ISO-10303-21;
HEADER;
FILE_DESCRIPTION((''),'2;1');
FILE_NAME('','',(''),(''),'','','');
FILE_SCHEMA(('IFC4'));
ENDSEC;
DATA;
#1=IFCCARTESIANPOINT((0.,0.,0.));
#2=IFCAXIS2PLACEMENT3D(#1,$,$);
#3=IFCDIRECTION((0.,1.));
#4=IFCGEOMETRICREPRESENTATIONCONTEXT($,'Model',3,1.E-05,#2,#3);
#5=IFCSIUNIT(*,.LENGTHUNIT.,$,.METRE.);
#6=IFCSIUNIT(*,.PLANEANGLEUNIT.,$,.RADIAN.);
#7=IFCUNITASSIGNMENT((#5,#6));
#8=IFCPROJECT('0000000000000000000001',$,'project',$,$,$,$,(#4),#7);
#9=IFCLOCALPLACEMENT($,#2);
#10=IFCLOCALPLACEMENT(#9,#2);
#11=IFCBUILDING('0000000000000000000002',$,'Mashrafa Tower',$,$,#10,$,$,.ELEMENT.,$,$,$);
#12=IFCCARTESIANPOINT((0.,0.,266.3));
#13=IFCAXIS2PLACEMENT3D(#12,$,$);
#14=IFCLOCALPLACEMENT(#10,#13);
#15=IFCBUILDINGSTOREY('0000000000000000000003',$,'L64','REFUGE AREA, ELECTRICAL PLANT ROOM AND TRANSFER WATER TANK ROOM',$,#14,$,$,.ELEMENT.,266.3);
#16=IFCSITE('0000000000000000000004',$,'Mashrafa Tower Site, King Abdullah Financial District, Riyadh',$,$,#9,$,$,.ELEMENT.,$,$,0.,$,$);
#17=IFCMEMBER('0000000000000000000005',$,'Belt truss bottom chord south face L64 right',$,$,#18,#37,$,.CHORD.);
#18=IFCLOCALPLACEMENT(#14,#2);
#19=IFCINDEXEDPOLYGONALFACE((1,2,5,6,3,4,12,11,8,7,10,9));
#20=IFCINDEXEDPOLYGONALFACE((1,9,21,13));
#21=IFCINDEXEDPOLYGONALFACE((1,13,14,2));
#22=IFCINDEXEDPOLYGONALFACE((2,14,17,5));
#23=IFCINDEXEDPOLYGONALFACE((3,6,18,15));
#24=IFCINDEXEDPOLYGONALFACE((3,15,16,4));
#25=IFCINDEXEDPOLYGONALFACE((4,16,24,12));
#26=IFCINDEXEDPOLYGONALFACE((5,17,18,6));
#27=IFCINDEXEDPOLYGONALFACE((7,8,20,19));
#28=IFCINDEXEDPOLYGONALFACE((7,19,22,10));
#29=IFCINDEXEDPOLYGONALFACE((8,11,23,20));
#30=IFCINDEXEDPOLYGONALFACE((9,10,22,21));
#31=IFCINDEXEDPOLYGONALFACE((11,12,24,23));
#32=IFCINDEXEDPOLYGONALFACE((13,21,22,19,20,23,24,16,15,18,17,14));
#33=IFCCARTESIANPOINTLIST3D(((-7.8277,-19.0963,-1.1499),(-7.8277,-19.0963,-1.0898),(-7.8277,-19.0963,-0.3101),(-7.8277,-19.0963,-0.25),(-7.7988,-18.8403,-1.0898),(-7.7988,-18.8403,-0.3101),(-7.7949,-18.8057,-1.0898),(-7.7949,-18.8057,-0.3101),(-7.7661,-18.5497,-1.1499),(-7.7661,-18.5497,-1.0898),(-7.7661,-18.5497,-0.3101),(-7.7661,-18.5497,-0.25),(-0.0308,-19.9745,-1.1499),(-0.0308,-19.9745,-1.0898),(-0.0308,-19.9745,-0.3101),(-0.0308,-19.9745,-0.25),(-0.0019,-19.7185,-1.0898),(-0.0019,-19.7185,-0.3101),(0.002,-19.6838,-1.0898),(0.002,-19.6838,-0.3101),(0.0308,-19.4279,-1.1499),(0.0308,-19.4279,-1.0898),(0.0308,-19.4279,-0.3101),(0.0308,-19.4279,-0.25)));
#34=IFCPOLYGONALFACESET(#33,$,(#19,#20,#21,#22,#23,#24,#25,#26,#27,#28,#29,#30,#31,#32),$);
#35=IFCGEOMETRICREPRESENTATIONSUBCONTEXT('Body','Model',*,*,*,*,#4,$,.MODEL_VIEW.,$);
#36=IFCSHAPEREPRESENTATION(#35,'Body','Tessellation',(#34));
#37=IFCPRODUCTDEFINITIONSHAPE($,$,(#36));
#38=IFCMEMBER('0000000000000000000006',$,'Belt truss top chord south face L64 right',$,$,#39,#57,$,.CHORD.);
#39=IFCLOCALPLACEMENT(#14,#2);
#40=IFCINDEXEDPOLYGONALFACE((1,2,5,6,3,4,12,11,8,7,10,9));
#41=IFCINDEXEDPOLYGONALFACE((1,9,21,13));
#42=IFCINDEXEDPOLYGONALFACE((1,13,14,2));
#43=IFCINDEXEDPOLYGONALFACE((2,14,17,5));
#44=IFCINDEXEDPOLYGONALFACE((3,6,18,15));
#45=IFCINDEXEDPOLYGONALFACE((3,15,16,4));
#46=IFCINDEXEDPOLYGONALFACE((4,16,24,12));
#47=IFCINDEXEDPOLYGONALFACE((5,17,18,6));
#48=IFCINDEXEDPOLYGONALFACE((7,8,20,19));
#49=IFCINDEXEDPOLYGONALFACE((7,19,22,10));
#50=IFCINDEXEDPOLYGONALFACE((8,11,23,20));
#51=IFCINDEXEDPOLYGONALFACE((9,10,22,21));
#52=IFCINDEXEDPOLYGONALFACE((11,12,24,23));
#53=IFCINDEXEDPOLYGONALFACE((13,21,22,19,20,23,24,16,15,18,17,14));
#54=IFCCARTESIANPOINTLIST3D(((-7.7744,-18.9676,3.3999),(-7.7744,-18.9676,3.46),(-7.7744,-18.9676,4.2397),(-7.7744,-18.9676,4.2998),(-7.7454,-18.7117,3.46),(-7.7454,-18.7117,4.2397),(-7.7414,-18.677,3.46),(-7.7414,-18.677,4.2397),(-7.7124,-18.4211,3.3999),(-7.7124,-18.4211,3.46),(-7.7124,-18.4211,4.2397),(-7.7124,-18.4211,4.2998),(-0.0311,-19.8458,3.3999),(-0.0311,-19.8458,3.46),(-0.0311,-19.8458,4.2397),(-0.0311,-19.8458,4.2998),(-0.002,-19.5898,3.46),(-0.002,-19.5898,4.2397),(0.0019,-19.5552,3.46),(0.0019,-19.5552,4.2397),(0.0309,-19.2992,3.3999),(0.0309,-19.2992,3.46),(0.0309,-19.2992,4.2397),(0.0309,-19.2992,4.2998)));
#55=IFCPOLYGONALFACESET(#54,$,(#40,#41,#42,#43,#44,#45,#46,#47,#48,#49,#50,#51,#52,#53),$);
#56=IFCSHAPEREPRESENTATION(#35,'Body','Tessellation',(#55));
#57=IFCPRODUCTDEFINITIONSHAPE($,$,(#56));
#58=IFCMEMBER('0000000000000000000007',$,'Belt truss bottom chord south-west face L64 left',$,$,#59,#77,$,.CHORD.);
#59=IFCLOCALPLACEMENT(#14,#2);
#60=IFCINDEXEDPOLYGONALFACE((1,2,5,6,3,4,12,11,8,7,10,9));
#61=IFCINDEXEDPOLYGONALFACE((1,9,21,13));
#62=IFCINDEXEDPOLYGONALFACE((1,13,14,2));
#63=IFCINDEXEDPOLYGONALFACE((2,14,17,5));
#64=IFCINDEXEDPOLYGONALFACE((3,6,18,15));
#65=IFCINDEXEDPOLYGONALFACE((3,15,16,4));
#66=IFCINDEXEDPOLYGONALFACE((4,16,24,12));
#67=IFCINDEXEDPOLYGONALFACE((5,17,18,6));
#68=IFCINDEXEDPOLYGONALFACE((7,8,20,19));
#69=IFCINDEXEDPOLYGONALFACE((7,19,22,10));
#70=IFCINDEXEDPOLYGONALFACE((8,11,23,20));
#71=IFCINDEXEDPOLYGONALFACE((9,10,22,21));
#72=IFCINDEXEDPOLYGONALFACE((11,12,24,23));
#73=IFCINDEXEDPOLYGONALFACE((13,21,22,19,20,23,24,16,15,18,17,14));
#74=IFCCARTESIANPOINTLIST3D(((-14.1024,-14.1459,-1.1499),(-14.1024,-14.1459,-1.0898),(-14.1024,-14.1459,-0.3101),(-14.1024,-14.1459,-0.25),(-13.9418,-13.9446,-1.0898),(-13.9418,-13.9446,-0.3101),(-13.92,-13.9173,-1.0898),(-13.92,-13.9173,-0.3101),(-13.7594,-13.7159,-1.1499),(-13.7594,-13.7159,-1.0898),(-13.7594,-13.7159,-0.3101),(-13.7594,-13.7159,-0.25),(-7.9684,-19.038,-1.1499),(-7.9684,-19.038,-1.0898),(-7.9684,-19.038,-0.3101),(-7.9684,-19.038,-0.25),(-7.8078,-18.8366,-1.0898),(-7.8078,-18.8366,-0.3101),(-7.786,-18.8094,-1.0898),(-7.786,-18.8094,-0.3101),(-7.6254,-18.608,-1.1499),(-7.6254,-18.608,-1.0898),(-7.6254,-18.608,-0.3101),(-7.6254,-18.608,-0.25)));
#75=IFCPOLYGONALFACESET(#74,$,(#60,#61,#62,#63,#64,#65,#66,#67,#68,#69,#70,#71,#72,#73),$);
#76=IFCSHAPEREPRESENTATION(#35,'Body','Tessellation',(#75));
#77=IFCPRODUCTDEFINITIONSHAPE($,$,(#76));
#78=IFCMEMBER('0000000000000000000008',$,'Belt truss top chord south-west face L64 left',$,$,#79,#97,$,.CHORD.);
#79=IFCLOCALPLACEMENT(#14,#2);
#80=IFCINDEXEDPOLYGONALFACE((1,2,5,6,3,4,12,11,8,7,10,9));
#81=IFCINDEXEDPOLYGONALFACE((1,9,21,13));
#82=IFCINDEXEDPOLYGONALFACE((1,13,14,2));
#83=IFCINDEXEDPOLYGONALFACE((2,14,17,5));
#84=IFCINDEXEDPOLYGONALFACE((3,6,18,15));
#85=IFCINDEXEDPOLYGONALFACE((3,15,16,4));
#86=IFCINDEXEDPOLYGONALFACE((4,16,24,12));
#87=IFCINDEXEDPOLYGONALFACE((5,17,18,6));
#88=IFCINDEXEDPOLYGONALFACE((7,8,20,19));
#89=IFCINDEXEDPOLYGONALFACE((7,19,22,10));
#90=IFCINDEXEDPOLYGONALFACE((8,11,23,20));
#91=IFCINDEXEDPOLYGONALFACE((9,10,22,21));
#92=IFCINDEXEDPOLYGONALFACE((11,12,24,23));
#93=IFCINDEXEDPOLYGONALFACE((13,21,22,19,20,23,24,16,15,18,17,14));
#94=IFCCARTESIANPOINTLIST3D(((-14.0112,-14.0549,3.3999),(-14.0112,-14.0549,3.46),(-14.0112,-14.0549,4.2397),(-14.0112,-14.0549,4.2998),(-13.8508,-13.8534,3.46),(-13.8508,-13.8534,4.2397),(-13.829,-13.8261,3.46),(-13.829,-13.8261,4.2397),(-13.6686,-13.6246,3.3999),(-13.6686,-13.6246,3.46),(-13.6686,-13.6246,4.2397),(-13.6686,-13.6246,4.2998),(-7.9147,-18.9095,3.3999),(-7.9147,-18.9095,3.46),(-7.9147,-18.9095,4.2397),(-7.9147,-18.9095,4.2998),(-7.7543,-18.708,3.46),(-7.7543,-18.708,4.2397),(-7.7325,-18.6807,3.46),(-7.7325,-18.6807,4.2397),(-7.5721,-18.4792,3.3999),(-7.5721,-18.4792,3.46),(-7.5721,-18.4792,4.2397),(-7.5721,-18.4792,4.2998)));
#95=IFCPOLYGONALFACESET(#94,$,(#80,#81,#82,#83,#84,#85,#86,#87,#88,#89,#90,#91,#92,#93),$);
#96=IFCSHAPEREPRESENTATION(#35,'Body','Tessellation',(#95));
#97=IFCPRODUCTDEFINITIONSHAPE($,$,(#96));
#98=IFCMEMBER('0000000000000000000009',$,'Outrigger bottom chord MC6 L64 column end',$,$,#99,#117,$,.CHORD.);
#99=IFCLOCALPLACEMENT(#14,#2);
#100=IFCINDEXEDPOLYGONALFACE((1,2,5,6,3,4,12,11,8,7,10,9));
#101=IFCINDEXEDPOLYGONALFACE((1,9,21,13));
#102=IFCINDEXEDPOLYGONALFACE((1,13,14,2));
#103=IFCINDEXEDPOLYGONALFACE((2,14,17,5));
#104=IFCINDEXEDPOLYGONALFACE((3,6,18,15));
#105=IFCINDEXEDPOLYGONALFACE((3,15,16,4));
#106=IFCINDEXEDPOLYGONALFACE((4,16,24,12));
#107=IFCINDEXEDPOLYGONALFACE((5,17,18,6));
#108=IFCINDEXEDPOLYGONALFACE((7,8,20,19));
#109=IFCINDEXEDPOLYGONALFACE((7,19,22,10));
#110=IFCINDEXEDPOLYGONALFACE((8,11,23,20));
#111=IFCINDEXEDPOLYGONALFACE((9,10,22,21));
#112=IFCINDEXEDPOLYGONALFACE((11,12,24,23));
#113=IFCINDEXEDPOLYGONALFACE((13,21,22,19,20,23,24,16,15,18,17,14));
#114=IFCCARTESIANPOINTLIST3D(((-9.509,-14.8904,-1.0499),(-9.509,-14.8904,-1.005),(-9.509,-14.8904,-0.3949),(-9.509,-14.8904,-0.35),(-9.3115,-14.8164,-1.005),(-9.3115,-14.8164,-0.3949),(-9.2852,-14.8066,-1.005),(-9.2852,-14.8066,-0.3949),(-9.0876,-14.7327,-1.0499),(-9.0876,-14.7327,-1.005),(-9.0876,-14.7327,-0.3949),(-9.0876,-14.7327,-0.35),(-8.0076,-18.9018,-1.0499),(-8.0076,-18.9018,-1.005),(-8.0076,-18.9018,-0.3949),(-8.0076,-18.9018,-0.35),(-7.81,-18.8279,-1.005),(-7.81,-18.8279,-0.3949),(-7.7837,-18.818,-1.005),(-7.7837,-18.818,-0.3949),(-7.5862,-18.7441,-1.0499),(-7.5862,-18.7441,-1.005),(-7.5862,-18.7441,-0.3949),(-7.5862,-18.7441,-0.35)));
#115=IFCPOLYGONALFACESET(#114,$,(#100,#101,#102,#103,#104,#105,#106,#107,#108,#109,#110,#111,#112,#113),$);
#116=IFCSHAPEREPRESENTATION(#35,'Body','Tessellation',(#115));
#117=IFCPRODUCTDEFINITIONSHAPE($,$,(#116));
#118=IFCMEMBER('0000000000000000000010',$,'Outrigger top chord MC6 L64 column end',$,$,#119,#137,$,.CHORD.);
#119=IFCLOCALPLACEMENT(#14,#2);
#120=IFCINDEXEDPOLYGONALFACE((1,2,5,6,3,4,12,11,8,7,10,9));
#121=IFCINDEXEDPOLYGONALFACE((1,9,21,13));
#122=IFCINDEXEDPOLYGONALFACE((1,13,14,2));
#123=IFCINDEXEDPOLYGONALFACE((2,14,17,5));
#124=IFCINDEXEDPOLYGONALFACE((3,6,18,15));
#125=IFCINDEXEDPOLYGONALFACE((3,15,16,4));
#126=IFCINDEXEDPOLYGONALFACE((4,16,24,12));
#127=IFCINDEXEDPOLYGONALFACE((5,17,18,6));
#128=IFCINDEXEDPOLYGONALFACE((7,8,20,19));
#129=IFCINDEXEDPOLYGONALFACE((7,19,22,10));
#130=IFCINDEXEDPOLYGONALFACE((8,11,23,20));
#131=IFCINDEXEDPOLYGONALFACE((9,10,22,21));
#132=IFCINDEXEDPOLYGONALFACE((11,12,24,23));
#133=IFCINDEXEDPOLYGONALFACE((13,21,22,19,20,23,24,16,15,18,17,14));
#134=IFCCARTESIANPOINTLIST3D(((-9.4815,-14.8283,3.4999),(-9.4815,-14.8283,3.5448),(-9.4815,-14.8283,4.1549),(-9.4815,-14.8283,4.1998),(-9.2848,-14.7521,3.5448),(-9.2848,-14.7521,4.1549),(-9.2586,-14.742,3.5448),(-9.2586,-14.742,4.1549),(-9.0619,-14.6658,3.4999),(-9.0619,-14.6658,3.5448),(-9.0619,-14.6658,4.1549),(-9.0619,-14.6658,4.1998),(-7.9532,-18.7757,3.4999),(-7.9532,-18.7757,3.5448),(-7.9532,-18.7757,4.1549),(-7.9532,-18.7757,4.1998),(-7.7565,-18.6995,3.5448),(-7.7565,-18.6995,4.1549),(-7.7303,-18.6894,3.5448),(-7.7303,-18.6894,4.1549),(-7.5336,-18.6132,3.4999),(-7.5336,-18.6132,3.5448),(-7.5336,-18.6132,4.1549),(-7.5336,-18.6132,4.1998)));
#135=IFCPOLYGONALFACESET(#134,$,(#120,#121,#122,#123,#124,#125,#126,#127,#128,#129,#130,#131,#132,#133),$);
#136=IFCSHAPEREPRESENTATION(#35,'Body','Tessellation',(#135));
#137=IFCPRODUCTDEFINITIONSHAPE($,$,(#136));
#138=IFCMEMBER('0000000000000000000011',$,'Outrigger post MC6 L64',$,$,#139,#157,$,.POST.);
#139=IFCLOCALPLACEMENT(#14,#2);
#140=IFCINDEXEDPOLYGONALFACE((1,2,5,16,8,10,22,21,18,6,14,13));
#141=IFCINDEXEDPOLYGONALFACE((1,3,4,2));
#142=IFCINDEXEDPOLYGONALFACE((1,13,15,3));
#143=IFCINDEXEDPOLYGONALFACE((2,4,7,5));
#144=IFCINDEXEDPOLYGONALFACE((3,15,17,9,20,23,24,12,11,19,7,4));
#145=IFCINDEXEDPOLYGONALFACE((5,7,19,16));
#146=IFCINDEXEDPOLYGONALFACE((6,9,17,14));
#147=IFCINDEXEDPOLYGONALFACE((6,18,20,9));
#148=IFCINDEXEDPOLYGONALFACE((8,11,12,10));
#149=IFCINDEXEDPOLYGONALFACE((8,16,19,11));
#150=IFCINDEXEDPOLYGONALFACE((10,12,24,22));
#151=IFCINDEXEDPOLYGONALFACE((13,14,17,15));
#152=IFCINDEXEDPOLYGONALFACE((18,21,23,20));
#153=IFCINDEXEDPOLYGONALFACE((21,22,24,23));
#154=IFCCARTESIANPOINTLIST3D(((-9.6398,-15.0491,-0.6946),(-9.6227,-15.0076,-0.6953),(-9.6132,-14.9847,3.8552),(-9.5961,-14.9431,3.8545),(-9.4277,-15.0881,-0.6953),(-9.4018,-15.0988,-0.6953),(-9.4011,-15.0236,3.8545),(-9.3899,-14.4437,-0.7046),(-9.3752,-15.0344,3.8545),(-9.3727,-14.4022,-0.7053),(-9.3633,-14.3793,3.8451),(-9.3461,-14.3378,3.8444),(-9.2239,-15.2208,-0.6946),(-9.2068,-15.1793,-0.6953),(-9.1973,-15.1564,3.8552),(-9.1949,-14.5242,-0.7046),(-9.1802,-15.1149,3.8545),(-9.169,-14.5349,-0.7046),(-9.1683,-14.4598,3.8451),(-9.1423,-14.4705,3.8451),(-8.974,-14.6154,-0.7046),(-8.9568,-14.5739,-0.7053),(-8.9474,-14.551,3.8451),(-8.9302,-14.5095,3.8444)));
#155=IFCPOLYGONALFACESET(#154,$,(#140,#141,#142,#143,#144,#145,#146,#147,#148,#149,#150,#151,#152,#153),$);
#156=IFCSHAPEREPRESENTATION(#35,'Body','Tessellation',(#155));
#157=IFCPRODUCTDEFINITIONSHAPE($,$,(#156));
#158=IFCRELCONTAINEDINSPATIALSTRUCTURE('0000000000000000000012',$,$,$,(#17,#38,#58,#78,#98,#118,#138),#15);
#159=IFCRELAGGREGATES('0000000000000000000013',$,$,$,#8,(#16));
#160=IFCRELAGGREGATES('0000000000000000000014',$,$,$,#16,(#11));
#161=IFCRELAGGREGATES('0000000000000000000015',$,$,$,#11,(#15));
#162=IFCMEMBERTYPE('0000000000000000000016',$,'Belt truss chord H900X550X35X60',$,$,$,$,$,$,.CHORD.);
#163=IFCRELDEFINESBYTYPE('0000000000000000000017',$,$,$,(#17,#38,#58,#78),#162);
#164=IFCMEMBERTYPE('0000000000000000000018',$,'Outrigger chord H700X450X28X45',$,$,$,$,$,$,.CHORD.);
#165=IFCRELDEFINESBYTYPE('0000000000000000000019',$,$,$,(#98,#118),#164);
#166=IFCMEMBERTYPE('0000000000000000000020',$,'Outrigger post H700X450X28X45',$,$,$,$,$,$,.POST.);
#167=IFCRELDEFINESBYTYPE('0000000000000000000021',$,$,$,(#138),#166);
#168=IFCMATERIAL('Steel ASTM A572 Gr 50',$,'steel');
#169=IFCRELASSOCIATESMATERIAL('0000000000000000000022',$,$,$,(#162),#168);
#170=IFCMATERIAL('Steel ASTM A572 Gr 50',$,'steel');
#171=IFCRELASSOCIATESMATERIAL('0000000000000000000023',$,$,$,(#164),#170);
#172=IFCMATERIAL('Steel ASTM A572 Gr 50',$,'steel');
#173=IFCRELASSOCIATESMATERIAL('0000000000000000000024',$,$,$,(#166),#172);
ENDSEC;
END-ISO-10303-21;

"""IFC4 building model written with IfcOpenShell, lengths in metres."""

from ifc_helpers import new_model, si_unit, direction, frame, origin, origin_2d, place, context, subcontext, project, spatial, i_section, extrude, source, transform, mapped, material, material_profile, profile_set, type_object, type_shapes, element, save


model = new_model("IFC4")

# Units and contexts
model_context = context("Model", 3, precision=1e-05, world=origin(), true_north=direction((0.0, 1.0)))
body_context = subcontext(model_context, "Body", "Model", "MODEL_VIEW")
ifc_project = project(units=[si_unit("LENGTHUNIT", "METRE"), si_unit("PLANEANGLEUNIT", "RADIAN")], contexts=[model_context])

# Site, building, storey
site_placement = place(None, origin())
site = spatial("IfcSite", under=ifc_project, at=site_placement, Name="Mashrafa Tower Site, King Abdullah Financial District, Riyadh", CompositionType="ELEMENT", RefElevation=0.0)
building_placement = place(site_placement, origin())
building = spatial("IfcBuilding", under=site, at=building_placement, Name="Mashrafa Tower", CompositionType="ELEMENT")
storey_placement = place(building_placement, frame((0.0, 0.0, 266.3)))
storey = spatial("IfcBuildingStorey", under=building, at=storey_placement, Name="L64", Description="REFUGE AREA, ELECTRICAL PLANT ROOM AND TRANSFER WATER TANK ROOM", CompositionType="ELEMENT", Elevation=266.3)

# Members
ifc_material_1 = material(Name="Steel ASTM A572 Gr 50", Category="steel")
ifc_material_profile_1 = material_profile(ifc_material_1, i_section(OverallWidth=0.55, OverallDepth=0.8999, WebThickness=0.0349, FlangeThickness=0.0601, at=origin_2d()), Name="H900X550X35X60")
ifc_profile_set_1 = profile_set([ifc_material_profile_1], Name="Steel ASTM A572 Gr 50")
member_type_1 = type_object("IfcMemberType", Name="Belt truss chord H900X550X35X60", PredefinedType="CHORD", material=ifc_profile_set_1)
shared_shape_1 = source(origin(), body_context, "Body", "SweptSolid", [
    extrude(i_section(OverallWidth=0.55, OverallDepth=0.8999, WebThickness=0.0349, FlangeThickness=0.0601, at=origin_2d()), origin(), (0.0, 0.0, 1.0), 7.8462),
])
member_1_placement = place(storey_placement, frame((-7.7969, -18.823, -0.7), z_axis=(0.993717, -0.111924, 0.0), x_axis=(0.111924, 0.993717, 0.0)))
element("IfcMember", 1, at=member_1_placement, inside=storey, type_object=member_type_1, Name="Belt truss bottom chord south face L64 right", PredefinedType="CHORD", context=body_context, shape_type="MappedRepresentation", body=[
    mapped(shared_shape_1, transform((0.0, 0.0, 0.0))),
])
shared_shape_2 = source(origin(), body_context, "Body", "SweptSolid", [
    extrude(i_section(OverallWidth=0.55, OverallDepth=0.8999, WebThickness=0.0349, FlangeThickness=0.0601, at=origin_2d()), origin(), (0.0, 0.0, 1.0), 7.793),
])
member_2_placement = place(storey_placement, frame((-7.7434, -18.6943, 3.8499), z_axis=(0.993631, -0.112687, 0.0), x_axis=(0.112687, 0.993631, 0.0)))
element("IfcMember", 2, at=member_2_placement, inside=storey, type_object=member_type_1, Name="Belt truss top chord south face L64 right", PredefinedType="CHORD", context=body_context, shape_type="MappedRepresentation", body=[
    mapped(shared_shape_2, transform((0.0, 0.0, 0.0))),
])
shared_shape_3 = source(origin(), body_context, "Body", "SweptSolid", [
    extrude(i_section(OverallWidth=0.55, OverallDepth=0.8999, WebThickness=0.0349, FlangeThickness=0.0601, at=origin_2d()), origin(), (0.0, 0.0, 1.0), 7.8459),
])
member_3_placement = place(storey_placement, frame((-7.7969, -18.823, -0.7), z_axis=(-0.781809, 0.623518, 0.0), x_axis=(-0.623518, -0.781809, 0.0)))
element("IfcMember", 3, at=member_3_placement, inside=storey, type_object=member_type_1, Name="Belt truss bottom chord south-west face L64 left", PredefinedType="CHORD", context=body_context, shape_type="MappedRepresentation", body=[
    mapped(shared_shape_3, transform((0.0, 0.0, 0.0))),
])
shared_shape_4 = source(origin(), body_context, "Body", "SweptSolid", [
    extrude(i_section(OverallWidth=0.55, OverallDepth=0.8999, WebThickness=0.0349, FlangeThickness=0.0601, at=origin_2d()), origin(), (0.0, 0.0, 1.0), 7.7932),
])
type_shapes(member_type_1, [shared_shape_1, shared_shape_2, shared_shape_3, shared_shape_4])
member_4_placement = place(storey_placement, frame((-7.7434, -18.6943, 3.8499), z_axis=(-0.782285, 0.622921, 0.0), x_axis=(-0.622921, -0.782285, 0.0)))
element("IfcMember", 4, at=member_4_placement, inside=storey, type_object=member_type_1, Name="Belt truss top chord south-west face L64 left", PredefinedType="CHORD", context=body_context, shape_type="MappedRepresentation", body=[
    mapped(shared_shape_4, transform((0.0, 0.0, 0.0))),
])
ifc_material_2 = material(Name="Steel ASTM A572 Gr 50", Category="steel")
ifc_material_profile_2 = material_profile(ifc_material_2, i_section(OverallWidth=0.45, OverallDepth=0.7, WebThickness=0.0281, FlangeThickness=0.0449, at=origin_2d()), Name="H700X450X28X45")
ifc_profile_set_2 = profile_set([ifc_material_profile_2], Name="Steel ASTM A572 Gr 50")
member_type_2 = type_object("IfcMemberType", Name="Outrigger chord H700X450X28X45", PredefinedType="CHORD", material=ifc_profile_set_2)
shared_shape_5 = source(origin(), body_context, "Body", "SweptSolid", [
    extrude(i_section(OverallWidth=0.45, OverallDepth=0.7, WebThickness=0.0281, FlangeThickness=0.0449, at=origin_2d()), origin(), (0.0, 0.0, 1.0), 4.2832),
])
member_5_placement = place(storey_placement, frame((-9.2983, -14.8115, -0.7), z_axis=(0.350542, -0.936547, 0.0), x_axis=(0.936547, 0.350542, 0.0)))
element("IfcMember", 5, at=member_5_placement, inside=storey, type_object=member_type_2, Name="Outrigger bottom chord MC6 L64 column end", PredefinedType="CHORD", context=body_context, shape_type="MappedRepresentation", body=[
    mapped(shared_shape_5, transform((0.0, 0.0, 0.0))),
])
shared_shape_6 = source(origin(), body_context, "Body", "SweptSolid", [
    extrude(i_section(OverallWidth=0.45, OverallDepth=0.7, WebThickness=0.0281, FlangeThickness=0.0449, at=origin_2d()), origin(), (0.0, 0.0, 1.0), 4.2329),
])
type_shapes(member_type_2, [shared_shape_5, shared_shape_6])
member_6_placement = place(storey_placement, frame((-9.2717, -14.7471, 3.8499), z_axis=(0.361065, -0.932541, 0.0), x_axis=(0.932541, 0.361065, 0.0)))
element("IfcMember", 6, at=member_6_placement, inside=storey, type_object=member_type_2, Name="Outrigger top chord MC6 L64 column end", PredefinedType="CHORD", context=body_context, shape_type="MappedRepresentation", body=[
    mapped(shared_shape_6, transform((0.0, 0.0, 0.0))),
])
ifc_material_3 = material(Name="Steel ASTM A572 Gr 50", Category="steel")
ifc_material_profile_3 = material_profile(ifc_material_3, i_section(OverallWidth=0.45, OverallDepth=0.7, WebThickness=0.0281, FlangeThickness=0.0449, at=origin_2d()), Name="H700X450X28X45")
ifc_profile_set_3 = profile_set([ifc_material_profile_3], Name="Steel ASTM A572 Gr 50")
member_type_3 = type_object("IfcMemberType", Name="Outrigger post H700X450X28X45", PredefinedType="POST", material=ifc_profile_set_3)
shared_shape_7 = source(origin(), body_context, "Body", "SweptSolid", [
    extrude(i_section(OverallWidth=0.45, OverallDepth=0.7, WebThickness=0.0281, FlangeThickness=0.0449, at=origin_2d()), origin(), (0.0, 0.0, 1.0), 4.5503),
])
type_shapes(member_type_3, [shared_shape_7])
member_7_placement = place(storey_placement, frame((-9.2983, -14.8115, -0.7), z_axis=(0.005848, 0.014164, 0.999883), x_axis=(-0.924315, 0.38163, 0.0)))
element("IfcMember", 7, at=member_7_placement, inside=storey, type_object=member_type_3, Name="Outrigger post MC6 L64", PredefinedType="POST", context=body_context, shape_type="MappedRepresentation", body=[
    mapped(shared_shape_7, transform((0.0, 0.0, 0.0))),
])

save(model, "model.ifc")
